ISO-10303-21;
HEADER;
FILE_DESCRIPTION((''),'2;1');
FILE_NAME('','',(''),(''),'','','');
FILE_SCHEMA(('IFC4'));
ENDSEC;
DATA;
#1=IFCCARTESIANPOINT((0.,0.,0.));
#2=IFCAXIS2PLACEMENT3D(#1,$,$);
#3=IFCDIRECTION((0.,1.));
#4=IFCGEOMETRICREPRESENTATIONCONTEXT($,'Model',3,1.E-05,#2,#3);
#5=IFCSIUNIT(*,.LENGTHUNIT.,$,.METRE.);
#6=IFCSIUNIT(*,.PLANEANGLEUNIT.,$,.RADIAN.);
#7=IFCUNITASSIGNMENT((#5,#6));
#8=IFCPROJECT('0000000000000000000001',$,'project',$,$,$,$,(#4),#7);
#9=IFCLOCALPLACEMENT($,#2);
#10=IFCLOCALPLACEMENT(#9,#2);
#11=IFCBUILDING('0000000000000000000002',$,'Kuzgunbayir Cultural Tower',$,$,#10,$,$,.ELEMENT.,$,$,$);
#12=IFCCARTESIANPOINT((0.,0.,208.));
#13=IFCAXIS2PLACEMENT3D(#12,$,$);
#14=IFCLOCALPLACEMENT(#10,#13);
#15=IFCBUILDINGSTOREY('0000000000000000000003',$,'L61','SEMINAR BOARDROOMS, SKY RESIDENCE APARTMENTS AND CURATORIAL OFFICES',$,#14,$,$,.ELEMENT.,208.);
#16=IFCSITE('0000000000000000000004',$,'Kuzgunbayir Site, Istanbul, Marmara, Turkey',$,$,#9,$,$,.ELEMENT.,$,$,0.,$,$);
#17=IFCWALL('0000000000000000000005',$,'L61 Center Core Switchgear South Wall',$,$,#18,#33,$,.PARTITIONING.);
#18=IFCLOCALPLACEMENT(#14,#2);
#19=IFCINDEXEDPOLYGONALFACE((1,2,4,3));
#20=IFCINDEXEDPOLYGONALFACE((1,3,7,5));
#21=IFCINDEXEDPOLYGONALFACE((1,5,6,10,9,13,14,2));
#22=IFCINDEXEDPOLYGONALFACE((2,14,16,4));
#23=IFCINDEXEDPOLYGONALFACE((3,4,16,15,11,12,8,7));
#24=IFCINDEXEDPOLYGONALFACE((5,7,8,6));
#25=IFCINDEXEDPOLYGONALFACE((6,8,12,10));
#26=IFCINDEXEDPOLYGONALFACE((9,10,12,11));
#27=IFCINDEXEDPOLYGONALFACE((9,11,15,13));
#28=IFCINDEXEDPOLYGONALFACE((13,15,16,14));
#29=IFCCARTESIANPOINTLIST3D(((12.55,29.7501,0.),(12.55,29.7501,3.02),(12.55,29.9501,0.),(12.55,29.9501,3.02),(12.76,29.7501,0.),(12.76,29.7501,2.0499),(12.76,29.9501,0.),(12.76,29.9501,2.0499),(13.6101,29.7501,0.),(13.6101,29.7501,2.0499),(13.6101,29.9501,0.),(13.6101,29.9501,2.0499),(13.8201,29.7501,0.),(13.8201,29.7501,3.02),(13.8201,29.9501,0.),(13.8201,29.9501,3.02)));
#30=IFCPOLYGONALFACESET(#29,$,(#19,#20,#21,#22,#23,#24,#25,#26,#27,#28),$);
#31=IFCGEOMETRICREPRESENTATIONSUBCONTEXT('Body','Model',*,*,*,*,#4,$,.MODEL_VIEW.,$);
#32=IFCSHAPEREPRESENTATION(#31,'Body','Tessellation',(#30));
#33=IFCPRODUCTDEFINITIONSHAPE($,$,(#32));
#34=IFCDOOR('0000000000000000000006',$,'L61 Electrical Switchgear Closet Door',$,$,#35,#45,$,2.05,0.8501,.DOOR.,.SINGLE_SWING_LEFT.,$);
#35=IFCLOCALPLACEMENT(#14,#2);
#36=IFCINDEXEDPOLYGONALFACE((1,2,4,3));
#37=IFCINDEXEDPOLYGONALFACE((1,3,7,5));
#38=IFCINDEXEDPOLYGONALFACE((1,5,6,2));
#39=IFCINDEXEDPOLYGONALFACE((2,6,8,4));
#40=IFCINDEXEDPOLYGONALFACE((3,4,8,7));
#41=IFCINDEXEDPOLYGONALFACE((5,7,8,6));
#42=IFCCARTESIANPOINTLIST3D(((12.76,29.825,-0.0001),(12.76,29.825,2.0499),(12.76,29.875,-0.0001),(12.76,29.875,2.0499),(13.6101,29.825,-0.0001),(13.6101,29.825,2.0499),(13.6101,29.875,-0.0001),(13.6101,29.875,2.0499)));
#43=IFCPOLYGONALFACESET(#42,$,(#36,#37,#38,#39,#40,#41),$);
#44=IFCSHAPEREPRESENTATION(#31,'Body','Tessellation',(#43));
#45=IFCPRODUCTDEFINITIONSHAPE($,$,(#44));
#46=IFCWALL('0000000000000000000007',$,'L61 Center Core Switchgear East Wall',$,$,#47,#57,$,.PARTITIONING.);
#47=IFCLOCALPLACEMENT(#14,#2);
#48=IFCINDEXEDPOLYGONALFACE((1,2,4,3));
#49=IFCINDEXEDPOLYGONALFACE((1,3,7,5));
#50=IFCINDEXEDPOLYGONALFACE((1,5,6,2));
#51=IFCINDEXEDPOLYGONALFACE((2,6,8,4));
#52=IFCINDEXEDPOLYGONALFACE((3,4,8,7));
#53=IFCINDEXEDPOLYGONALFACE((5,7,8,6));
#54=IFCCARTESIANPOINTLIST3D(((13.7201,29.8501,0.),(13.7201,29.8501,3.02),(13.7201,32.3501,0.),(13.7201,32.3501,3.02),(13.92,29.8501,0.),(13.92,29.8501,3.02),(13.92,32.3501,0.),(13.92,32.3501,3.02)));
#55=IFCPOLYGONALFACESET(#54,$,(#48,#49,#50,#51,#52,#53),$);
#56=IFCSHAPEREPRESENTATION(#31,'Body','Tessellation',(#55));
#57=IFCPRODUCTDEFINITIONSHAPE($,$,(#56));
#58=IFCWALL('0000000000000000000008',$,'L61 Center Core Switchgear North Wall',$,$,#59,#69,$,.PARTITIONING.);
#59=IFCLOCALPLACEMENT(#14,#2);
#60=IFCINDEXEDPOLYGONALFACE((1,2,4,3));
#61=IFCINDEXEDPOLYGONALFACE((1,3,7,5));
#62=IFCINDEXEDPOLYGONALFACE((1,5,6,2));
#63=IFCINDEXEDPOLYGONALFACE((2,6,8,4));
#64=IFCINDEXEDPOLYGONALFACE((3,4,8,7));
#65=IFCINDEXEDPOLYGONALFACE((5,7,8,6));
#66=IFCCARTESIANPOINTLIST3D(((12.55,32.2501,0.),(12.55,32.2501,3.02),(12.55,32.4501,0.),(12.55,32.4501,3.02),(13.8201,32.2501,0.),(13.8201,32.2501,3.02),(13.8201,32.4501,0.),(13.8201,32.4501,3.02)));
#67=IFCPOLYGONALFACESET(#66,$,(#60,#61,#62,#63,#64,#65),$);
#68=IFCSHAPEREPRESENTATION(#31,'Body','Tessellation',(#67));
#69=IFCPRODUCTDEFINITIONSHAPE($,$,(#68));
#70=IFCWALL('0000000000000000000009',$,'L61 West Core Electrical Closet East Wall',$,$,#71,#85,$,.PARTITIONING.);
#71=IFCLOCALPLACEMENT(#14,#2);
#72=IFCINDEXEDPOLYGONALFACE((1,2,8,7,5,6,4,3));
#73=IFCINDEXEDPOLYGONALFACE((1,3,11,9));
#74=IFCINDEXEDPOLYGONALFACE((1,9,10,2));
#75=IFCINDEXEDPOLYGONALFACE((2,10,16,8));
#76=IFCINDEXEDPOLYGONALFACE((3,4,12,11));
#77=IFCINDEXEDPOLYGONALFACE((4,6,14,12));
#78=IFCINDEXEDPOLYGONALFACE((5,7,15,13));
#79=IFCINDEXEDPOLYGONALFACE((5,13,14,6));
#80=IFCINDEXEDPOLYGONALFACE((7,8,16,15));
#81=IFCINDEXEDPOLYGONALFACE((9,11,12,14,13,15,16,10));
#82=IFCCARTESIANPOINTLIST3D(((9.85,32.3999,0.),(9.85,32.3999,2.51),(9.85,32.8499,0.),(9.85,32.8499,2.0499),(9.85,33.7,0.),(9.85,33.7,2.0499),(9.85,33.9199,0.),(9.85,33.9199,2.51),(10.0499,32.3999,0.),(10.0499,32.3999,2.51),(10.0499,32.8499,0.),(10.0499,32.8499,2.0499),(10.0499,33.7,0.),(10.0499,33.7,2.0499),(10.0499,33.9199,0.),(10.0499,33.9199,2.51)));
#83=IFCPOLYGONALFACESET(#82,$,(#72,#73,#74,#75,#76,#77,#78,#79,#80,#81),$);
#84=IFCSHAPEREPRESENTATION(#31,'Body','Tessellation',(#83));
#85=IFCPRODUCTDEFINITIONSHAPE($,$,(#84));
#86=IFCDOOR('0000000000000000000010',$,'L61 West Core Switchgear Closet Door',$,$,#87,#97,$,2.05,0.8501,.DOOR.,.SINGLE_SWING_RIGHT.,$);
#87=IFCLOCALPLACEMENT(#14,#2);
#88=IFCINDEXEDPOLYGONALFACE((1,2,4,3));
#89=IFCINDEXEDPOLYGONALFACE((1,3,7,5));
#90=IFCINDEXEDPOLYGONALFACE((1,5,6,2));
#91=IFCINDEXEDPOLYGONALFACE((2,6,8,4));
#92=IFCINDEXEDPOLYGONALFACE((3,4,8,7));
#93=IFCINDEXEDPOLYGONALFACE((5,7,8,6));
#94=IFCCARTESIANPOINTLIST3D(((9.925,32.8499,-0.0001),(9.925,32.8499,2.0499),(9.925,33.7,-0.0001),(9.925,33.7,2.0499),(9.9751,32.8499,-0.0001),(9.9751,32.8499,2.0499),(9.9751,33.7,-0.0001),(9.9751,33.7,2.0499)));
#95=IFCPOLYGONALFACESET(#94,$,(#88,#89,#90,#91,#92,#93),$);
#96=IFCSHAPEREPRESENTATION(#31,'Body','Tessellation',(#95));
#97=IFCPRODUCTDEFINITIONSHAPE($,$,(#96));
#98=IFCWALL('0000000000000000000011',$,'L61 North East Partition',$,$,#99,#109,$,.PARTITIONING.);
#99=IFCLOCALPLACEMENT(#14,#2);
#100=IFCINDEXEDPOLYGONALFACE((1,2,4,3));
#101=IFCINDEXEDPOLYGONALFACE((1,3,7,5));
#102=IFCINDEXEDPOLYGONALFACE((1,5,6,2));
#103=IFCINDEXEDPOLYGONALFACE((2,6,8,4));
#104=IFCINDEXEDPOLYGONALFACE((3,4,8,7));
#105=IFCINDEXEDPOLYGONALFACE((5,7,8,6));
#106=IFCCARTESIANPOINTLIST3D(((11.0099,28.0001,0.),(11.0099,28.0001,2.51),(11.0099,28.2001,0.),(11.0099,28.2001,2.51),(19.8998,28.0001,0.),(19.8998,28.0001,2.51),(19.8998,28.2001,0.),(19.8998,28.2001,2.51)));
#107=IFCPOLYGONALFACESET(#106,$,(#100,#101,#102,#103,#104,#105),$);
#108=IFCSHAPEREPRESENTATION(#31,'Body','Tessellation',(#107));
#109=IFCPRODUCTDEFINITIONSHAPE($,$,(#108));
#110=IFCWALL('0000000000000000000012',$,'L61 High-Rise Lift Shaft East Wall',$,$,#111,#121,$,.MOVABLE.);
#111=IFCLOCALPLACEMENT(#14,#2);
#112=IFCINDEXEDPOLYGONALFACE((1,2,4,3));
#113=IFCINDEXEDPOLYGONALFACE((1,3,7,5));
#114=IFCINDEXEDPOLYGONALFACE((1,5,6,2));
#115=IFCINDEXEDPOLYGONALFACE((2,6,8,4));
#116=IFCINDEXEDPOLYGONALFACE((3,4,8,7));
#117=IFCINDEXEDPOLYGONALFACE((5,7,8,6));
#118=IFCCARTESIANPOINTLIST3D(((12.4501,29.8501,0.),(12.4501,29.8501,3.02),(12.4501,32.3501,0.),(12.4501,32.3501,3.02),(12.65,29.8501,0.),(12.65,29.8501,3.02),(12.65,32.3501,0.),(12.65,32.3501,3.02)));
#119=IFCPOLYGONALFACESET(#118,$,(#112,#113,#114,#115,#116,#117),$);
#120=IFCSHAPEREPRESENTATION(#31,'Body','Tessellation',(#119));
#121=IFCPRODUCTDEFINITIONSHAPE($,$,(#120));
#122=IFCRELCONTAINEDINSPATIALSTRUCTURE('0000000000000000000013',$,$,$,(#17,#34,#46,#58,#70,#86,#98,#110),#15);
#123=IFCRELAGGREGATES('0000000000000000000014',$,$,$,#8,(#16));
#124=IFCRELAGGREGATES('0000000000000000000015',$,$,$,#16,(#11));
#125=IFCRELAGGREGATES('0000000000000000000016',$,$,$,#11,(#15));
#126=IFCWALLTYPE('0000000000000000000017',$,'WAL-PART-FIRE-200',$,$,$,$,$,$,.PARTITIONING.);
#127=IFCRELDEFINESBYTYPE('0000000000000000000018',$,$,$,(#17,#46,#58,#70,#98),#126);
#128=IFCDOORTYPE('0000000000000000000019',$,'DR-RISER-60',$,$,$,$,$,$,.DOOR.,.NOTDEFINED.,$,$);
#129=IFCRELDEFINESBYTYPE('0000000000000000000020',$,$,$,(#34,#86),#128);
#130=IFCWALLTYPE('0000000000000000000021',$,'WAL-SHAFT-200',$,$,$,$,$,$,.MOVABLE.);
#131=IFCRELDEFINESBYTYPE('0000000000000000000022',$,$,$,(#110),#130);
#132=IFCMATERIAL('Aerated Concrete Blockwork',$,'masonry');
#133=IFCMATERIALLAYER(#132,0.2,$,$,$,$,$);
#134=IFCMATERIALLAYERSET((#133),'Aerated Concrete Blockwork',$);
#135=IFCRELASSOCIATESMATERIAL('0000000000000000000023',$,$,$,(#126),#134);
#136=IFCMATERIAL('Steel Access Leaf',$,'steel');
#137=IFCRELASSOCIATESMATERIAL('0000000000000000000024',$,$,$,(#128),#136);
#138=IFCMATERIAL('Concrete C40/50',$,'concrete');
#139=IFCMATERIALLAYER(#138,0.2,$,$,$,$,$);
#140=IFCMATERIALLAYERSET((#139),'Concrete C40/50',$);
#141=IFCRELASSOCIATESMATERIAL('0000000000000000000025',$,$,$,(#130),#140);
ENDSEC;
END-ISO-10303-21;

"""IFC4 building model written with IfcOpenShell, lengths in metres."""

from ifc_helpers import new_model, si_unit, direction, frame, frame_2d, origin, place, context, subcontext, project, spatial, rectangle, extrude, material, layer, layer_set, type_object, element, fill, save


model = new_model("IFC4")

# Units and contexts
model_context = context("Model", 3, precision=1e-05, world=origin(), true_north=direction((0.0, 1.0)))
body_context = subcontext(model_context, "Body", "Model", "MODEL_VIEW")
ifc_project = project(units=[si_unit("LENGTHUNIT", "METRE"), si_unit("PLANEANGLEUNIT", "RADIAN")], contexts=[model_context])

# Site, building, storey
site_placement = place(None, origin())
site = spatial("IfcSite", under=ifc_project, at=site_placement, Name="Kuzgunbayir Site, Istanbul, Marmara, Turkey", CompositionType="ELEMENT", RefElevation=0.0)
building_placement = place(site_placement, origin())
building = spatial("IfcBuilding", under=site, at=building_placement, Name="Kuzgunbayir Cultural Tower", CompositionType="ELEMENT")
storey_placement = place(building_placement, frame((0.0, 0.0, 208.0)))
storey = spatial("IfcBuildingStorey", under=building, at=storey_placement, Name="L61", Description="SEMINAR BOARDROOMS, SKY RESIDENCE APARTMENTS AND CURATORIAL OFFICES", CompositionType="ELEMENT", Elevation=208.0)

# Wall, opening, door
ifc_material_1 = material(Name="Aerated Concrete Blockwork", Category="masonry")
ifc_layer_1 = layer(ifc_material_1, 0.2)
ifc_layer_set_1 = layer_set([ifc_layer_1], Name="Aerated Concrete Blockwork")
wall_type_1 = type_object("IfcWallType", Name="WAL-PART-FIRE-200", PredefinedType="PARTITIONING", material=ifc_layer_set_1)
wall_1_placement = place(storey_placement, frame((12.55, 29.8501, 0.0), z_axis=(0.0, 0.0, 1.0), x_axis=(1.0, 0.0, 0.0)))
wall_1 = element("IfcWall", 1, at=wall_1_placement, inside=storey, type_object=wall_type_1, Name="L61 Center Core Switchgear South Wall", PredefinedType="PARTITIONING", context=body_context, shape_type="SweptSolid", body=[
    extrude(rectangle(XDim=1.27, YDim=0.2, at=frame_2d((0.635, 0.0))), origin(), (0.0, 0.0, 1.0), 3.02),
])
opening_1_placement = place(wall_1_placement, frame((0.21, 0.0, 0.0)))
opening_1 = element("IfcOpeningElement", 2, at=opening_1_placement, cuts=wall_1, PredefinedType="OPENING", context=body_context, shape_type="SweptSolid", body=[
    extrude(rectangle(XDim=0.8501, YDim=2.05, at=frame_2d((0.425, 1.0249))), frame((0.0, 0.1099, 0.0), z_axis=(0.0, -1.0, 0.0), x_axis=(1.0, 0.0, 0.0)), (0.0, 0.0, 1.0), 0.22),
])
ifc_material_2 = material(Name="Steel Access Leaf", Category="steel")
door_type_1 = type_object("IfcDoorType", Name="DR-RISER-60", OperationType="NOTDEFINED", PredefinedType="DOOR", material=ifc_material_2)
door_1_placement = place(opening_1_placement, origin())
door_1 = element("IfcDoor", 3, at=door_1_placement, inside=storey, type_object=door_type_1, Name="L61 Electrical Switchgear Closet Door", OperationType="SINGLE_SWING_LEFT", OverallHeight=2.05, OverallWidth=0.8501, PredefinedType="DOOR", context=body_context, shape_type="SweptSolid", body=[
    extrude(rectangle(XDim=0.8501, YDim=2.05, at=frame_2d((0.425, 1.0249))), frame((0.0, 0.0249, 0.0), z_axis=(0.0, -1.0, 0.0), x_axis=(1.0, 0.0, 0.0)), (0.0, 0.0, 1.0), 0.05),
])
fill(opening_1, door_1)

# Walls
wall_2_placement = place(storey_placement, frame((13.8201, 29.8501, 0.0), z_axis=(0.0, 0.0, 1.0), x_axis=(0.0, 1.0, 0.0)))
element("IfcWall", 4, at=wall_2_placement, inside=storey, type_object=wall_type_1, Name="L61 Center Core Switchgear East Wall", PredefinedType="PARTITIONING", context=body_context, shape_type="SweptSolid", body=[
    extrude(rectangle(XDim=2.5, YDim=0.2, at=frame_2d((1.25, 0.0))), origin(), (0.0, 0.0, 1.0), 3.02),
])
wall_3_placement = place(storey_placement, frame((12.55, 32.3501, 0.0), z_axis=(0.0, 0.0, 1.0), x_axis=(1.0, 0.0, 0.0)))
element("IfcWall", 5, at=wall_3_placement, inside=storey, type_object=wall_type_1, Name="L61 Center Core Switchgear North Wall", PredefinedType="PARTITIONING", context=body_context, shape_type="SweptSolid", body=[
    extrude(rectangle(XDim=1.27, YDim=0.2, at=frame_2d((0.635, 0.0))), origin(), (0.0, 0.0, 1.0), 3.02),
])

# Wall, opening, door
wall_4_placement = place(storey_placement, frame((9.95, 32.3999, 0.0), z_axis=(0.0, 0.0, 1.0), x_axis=(0.0, 1.0, 0.0)))
wall_4 = element("IfcWall", 6, at=wall_4_placement, inside=storey, type_object=wall_type_1, Name="L61 West Core Electrical Closet East Wall", PredefinedType="PARTITIONING", context=body_context, shape_type="SweptSolid", body=[
    extrude(rectangle(XDim=1.52, YDim=0.2, at=frame_2d((0.76, 0.0))), origin(), (0.0, 0.0, 1.0), 2.51),
])
opening_2_placement = place(wall_4_placement, frame((0.45, 0.0, 0.0)))
opening_2 = element("IfcOpeningElement", 7, at=opening_2_placement, cuts=wall_4, PredefinedType="OPENING", context=body_context, shape_type="SweptSolid", body=[
    extrude(rectangle(XDim=0.8501, YDim=2.05, at=frame_2d((0.425, 1.0249))), frame((0.0, 0.1099, 0.0), z_axis=(0.0, -1.0, 0.0), x_axis=(1.0, 0.0, 0.0)), (0.0, 0.0, 1.0), 0.22),
])
door_2_placement = place(opening_2_placement, origin())
door_2 = element("IfcDoor", 8, at=door_2_placement, inside=storey, type_object=door_type_1, Name="L61 West Core Switchgear Closet Door", OperationType="SINGLE_SWING_RIGHT", OverallHeight=2.05, OverallWidth=0.8501, PredefinedType="DOOR", context=body_context, shape_type="SweptSolid", body=[
    extrude(rectangle(XDim=0.8501, YDim=2.05, at=frame_2d((0.425, 1.0249))), frame((0.0, 0.0249, 0.0), z_axis=(0.0, -1.0, 0.0), x_axis=(1.0, 0.0, 0.0)), (0.0, 0.0, 1.0), 0.05),
])
fill(opening_2, door_2)

# Walls
wall_5_placement = place(storey_placement, frame((11.01, 28.1001, 0.0), z_axis=(0.0, 0.0, 1.0), x_axis=(1.0, 0.0, 0.0)))
element("IfcWall", 9, at=wall_5_placement, inside=storey, type_object=wall_type_1, Name="L61 North East Partition", PredefinedType="PARTITIONING", context=body_context, shape_type="SweptSolid", body=[
    extrude(rectangle(XDim=8.8899, YDim=0.2, at=frame_2d((4.4448, 0.0))), origin(), (0.0, 0.0, 1.0), 2.51),
])
ifc_material_3 = material(Name="Concrete C40/50", Category="concrete")
ifc_layer_2 = layer(ifc_material_3, 0.2)
ifc_layer_set_2 = layer_set([ifc_layer_2], Name="Concrete C40/50")
wall_type_2 = type_object("IfcWallType", Name="WAL-SHAFT-200", PredefinedType="MOVABLE", material=ifc_layer_set_2)
wall_6_placement = place(storey_placement, frame((12.55, 29.8501, 0.0), z_axis=(0.0, 0.0, 1.0), x_axis=(0.0, 1.0, 0.0)))
element("IfcWall", 10, at=wall_6_placement, inside=storey, type_object=wall_type_2, Name="L61 High-Rise Lift Shaft East Wall", PredefinedType="MOVABLE", context=body_context, shape_type="SweptSolid", body=[
    extrude(rectangle(XDim=2.5, YDim=0.2, at=frame_2d((1.25, 0.0))), origin(), (0.0, 0.0, 1.0), 3.02),
])

save(model, "model.ifc")
